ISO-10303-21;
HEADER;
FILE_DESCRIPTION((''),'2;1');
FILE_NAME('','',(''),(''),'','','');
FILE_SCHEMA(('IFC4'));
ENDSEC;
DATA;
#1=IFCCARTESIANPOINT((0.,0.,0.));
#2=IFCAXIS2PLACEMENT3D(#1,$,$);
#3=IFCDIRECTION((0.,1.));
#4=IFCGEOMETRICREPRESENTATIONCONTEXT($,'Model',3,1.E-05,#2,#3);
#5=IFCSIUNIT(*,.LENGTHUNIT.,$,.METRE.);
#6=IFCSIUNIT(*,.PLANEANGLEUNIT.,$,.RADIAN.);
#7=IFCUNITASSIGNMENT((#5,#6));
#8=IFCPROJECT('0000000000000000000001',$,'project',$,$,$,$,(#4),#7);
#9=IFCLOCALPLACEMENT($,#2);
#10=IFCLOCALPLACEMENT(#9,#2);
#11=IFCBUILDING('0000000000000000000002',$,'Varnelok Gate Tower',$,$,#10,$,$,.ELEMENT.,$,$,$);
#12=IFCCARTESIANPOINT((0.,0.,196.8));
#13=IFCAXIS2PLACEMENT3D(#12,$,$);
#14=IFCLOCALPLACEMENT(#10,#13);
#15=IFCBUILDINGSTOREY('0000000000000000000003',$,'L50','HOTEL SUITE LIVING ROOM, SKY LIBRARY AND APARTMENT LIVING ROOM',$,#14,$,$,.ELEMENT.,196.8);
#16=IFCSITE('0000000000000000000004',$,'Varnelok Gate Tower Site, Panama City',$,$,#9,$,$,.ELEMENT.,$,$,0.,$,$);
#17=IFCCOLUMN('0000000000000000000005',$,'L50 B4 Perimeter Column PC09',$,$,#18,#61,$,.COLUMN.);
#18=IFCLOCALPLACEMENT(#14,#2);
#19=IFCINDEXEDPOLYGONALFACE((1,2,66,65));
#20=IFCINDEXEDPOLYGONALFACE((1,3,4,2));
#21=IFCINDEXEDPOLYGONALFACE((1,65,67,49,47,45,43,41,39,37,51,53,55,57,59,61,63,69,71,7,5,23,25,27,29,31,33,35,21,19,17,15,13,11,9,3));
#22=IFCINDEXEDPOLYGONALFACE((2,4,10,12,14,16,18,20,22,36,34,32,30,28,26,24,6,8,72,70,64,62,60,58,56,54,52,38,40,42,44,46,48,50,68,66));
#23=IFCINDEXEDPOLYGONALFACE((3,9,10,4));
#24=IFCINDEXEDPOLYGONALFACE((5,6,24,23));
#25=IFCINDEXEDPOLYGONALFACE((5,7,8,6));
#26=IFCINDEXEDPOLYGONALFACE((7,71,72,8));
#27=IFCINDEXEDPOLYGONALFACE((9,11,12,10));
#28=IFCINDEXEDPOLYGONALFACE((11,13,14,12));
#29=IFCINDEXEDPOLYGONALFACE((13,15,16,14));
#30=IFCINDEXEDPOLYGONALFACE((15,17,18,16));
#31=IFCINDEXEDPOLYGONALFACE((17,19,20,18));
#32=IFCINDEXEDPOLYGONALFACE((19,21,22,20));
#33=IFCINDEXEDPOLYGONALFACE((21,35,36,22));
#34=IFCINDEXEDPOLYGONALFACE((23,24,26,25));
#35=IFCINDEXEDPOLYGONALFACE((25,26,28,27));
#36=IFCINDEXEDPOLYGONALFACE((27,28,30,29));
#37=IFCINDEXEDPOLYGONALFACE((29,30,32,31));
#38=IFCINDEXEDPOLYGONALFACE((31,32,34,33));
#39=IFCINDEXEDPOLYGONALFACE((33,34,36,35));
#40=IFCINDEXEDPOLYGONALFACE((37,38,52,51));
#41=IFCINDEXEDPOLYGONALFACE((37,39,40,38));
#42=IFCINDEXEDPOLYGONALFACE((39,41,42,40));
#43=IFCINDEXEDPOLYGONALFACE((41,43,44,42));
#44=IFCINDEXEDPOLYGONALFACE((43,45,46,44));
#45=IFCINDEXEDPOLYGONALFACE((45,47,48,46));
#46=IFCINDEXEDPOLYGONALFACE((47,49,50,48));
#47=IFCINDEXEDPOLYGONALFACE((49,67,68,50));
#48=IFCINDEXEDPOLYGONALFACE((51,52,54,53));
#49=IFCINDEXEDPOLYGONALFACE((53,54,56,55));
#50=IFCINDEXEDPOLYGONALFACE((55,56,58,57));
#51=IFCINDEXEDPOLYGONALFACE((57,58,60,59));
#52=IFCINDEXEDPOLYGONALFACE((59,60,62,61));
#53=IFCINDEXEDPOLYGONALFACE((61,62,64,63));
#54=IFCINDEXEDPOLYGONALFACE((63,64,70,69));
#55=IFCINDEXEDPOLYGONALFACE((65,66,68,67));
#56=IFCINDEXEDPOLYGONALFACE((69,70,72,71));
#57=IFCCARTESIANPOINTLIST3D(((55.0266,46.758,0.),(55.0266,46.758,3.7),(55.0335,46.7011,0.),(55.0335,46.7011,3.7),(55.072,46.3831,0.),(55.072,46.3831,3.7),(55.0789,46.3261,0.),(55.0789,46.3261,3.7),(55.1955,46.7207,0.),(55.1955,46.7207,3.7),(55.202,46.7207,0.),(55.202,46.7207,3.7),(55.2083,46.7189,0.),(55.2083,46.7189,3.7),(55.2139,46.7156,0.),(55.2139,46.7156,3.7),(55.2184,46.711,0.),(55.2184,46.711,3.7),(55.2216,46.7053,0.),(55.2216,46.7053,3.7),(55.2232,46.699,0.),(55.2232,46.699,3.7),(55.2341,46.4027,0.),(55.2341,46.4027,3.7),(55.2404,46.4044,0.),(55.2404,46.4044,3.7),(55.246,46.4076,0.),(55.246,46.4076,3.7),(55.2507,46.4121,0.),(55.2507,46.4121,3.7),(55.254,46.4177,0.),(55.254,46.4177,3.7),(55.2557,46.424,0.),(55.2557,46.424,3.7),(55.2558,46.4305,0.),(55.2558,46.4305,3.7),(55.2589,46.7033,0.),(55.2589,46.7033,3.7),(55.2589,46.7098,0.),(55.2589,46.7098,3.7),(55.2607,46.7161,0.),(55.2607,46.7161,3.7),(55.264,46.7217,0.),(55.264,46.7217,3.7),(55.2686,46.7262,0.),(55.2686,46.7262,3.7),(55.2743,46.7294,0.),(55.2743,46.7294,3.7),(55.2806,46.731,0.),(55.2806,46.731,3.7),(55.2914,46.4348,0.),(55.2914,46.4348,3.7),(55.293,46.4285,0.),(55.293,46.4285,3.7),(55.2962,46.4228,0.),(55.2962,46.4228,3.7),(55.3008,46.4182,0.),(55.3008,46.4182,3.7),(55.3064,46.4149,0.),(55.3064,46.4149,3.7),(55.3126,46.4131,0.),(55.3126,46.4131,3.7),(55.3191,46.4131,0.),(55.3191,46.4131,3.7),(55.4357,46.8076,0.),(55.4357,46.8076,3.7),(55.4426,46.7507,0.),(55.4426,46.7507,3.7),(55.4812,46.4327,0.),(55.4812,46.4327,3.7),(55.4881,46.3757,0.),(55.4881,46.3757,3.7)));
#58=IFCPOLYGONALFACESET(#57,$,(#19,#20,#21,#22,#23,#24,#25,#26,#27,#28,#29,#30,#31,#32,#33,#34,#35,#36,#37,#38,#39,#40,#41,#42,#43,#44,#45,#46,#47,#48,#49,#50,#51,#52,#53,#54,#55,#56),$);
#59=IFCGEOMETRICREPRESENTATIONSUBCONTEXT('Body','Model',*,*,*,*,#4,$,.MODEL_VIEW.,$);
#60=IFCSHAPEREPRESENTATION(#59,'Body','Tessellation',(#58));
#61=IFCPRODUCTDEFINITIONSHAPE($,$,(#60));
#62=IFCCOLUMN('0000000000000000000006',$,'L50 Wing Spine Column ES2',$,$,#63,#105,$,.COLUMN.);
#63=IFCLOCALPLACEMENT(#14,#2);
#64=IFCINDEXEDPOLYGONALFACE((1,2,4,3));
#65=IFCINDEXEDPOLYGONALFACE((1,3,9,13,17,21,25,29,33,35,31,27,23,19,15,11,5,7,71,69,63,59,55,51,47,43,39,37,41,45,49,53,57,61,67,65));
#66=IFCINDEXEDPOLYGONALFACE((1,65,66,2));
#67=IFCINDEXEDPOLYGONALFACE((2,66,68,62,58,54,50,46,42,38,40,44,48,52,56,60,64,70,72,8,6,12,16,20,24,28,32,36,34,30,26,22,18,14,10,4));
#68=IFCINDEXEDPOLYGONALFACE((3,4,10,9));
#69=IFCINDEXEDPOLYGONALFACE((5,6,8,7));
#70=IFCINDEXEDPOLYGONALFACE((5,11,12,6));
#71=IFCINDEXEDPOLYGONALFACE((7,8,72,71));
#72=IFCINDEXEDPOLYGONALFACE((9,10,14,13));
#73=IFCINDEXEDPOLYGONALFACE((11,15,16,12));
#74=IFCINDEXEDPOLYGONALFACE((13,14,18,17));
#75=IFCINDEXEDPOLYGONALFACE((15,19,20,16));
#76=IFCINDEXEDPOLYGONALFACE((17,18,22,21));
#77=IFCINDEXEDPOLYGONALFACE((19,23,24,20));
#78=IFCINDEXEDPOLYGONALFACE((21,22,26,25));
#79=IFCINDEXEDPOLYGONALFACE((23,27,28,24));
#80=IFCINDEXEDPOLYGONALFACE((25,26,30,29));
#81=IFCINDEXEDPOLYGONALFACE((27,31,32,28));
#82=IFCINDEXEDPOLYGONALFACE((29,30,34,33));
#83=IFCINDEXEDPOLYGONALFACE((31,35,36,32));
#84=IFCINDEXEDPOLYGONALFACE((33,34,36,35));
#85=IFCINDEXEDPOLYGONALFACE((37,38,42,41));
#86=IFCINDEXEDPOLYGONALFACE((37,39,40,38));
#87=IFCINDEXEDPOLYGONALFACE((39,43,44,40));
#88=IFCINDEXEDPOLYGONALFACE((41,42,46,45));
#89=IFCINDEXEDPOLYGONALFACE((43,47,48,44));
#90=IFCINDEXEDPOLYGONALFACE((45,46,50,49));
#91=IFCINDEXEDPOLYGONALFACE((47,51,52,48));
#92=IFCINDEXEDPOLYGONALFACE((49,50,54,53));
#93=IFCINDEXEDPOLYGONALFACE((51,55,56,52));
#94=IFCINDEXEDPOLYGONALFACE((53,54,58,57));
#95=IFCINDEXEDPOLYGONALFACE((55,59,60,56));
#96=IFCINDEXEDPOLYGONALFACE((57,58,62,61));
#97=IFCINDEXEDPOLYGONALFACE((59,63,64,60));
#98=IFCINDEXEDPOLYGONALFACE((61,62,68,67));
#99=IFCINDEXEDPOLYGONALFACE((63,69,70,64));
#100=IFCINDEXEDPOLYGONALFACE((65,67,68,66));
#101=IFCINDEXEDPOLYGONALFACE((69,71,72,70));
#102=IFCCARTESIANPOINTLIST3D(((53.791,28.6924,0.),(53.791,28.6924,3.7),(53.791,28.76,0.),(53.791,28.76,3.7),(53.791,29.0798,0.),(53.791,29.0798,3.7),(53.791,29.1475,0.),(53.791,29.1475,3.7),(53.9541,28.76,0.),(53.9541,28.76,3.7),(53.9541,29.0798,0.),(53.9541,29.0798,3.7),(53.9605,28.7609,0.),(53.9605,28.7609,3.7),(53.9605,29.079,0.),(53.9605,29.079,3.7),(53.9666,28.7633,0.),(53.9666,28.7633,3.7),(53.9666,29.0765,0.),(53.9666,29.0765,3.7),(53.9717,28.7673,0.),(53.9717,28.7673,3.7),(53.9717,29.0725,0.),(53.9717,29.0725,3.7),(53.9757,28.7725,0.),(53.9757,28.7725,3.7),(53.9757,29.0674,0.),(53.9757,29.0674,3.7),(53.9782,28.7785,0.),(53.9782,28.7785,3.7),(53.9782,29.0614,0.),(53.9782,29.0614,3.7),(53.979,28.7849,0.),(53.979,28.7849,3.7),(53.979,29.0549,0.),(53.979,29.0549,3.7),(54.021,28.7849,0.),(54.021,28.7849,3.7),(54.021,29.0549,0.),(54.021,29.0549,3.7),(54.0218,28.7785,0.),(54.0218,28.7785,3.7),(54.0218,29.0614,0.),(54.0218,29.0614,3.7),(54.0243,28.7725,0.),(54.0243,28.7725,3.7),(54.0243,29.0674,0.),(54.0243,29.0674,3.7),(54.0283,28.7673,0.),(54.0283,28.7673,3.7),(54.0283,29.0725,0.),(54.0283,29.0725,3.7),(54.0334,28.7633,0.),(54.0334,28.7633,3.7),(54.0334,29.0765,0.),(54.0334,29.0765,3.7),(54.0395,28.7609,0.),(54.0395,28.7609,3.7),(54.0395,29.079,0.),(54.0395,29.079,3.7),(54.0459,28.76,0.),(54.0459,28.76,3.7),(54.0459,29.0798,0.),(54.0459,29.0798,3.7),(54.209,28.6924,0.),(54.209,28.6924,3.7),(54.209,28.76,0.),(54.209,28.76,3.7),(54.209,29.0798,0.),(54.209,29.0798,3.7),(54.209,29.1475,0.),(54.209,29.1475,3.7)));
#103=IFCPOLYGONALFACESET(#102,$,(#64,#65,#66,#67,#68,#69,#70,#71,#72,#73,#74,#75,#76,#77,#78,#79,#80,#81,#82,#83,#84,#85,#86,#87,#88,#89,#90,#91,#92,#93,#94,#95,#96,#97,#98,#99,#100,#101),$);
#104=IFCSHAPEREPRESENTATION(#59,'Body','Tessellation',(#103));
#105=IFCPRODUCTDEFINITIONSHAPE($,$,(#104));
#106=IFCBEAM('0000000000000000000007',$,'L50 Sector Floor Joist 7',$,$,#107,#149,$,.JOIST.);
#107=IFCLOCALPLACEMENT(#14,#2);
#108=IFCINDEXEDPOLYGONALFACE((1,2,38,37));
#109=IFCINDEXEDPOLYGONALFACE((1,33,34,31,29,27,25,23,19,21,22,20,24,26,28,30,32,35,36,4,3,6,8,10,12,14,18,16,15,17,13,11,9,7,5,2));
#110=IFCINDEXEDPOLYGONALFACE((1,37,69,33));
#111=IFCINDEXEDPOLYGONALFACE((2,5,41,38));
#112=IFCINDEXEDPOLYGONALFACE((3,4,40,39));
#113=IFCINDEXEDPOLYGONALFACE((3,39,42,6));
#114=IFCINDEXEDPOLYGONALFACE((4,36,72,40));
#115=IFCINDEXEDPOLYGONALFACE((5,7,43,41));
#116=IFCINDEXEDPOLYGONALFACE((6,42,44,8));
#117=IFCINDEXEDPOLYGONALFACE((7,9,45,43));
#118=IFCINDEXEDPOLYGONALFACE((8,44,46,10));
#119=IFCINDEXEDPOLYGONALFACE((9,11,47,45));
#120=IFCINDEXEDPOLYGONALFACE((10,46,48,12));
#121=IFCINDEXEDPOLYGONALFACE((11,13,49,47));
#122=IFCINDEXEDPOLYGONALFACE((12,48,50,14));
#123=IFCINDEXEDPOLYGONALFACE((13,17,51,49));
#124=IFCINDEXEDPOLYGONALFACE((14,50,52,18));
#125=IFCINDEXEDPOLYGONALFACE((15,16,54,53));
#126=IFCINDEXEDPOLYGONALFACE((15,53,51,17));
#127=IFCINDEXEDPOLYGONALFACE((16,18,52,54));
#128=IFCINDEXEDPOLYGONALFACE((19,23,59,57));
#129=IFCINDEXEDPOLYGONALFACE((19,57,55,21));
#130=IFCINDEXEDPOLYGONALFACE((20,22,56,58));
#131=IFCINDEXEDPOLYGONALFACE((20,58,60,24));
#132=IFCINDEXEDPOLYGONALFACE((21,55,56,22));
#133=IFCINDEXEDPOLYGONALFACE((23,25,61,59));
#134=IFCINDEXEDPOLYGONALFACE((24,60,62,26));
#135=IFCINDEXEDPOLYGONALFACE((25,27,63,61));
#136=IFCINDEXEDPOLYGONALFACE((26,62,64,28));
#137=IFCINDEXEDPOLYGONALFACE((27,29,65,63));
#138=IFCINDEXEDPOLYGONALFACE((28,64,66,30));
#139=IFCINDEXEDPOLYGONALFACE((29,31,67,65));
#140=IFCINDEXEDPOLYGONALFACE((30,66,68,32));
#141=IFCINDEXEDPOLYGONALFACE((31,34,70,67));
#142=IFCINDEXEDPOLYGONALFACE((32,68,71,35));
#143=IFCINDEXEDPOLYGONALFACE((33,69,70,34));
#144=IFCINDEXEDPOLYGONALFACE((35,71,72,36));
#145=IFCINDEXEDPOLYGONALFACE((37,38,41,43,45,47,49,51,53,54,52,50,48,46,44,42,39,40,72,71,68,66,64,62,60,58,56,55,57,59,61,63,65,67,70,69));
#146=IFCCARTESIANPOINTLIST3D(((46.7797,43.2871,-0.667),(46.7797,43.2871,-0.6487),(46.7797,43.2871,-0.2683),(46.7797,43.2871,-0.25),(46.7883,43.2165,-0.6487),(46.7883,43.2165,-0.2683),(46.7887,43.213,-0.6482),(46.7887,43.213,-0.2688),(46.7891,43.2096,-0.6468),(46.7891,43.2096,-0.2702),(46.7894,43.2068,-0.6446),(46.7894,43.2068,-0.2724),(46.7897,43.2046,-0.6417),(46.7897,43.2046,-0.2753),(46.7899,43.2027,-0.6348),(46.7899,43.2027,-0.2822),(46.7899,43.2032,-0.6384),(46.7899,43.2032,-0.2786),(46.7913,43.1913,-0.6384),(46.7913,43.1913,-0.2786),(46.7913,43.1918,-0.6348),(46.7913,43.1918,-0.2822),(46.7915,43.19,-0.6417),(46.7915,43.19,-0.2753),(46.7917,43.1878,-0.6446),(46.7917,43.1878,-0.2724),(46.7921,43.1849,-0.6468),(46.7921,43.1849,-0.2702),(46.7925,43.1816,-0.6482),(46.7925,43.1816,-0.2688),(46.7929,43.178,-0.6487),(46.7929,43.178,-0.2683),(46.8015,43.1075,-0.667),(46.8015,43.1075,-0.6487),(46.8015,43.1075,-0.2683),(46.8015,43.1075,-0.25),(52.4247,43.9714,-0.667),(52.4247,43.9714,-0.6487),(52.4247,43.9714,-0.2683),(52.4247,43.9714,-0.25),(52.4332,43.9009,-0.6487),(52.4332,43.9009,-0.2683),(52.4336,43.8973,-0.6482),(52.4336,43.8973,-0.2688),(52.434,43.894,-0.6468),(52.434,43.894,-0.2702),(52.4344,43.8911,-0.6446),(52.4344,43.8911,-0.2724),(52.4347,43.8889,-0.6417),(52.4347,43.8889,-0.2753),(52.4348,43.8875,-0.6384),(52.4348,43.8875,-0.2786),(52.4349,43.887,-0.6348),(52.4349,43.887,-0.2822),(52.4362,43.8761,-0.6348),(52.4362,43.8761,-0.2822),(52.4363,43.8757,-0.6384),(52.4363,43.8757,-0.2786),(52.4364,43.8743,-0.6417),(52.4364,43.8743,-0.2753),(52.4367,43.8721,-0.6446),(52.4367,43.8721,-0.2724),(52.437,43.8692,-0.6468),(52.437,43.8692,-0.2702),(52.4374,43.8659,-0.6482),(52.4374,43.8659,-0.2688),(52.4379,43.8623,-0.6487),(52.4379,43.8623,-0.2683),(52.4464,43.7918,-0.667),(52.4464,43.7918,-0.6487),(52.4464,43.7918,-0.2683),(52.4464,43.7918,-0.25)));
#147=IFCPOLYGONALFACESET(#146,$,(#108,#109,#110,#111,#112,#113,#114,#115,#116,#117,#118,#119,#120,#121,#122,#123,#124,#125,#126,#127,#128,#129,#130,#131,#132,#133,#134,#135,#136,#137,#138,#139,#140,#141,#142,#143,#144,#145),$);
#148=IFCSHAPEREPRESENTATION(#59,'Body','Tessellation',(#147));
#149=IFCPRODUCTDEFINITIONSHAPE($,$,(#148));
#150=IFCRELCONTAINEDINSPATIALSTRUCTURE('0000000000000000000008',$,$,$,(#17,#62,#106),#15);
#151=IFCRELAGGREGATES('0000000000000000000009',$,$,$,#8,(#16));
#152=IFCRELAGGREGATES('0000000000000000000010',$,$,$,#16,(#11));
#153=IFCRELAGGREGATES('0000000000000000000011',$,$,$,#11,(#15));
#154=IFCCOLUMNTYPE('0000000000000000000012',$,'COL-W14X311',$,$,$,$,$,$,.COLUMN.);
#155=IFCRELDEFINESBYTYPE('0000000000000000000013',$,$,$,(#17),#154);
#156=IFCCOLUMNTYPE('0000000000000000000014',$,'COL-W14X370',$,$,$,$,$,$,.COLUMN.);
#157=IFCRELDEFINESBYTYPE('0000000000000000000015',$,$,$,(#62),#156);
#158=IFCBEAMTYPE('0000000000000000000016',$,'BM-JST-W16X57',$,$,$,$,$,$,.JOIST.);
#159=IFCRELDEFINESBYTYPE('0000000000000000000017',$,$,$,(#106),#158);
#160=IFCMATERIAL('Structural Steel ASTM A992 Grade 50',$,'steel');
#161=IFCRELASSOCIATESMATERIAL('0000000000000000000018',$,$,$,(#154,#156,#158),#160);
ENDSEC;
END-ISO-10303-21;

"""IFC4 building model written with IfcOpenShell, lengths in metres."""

from ifc_helpers import new_model, si_unit, direction, frame, origin, origin_2d, place, context, subcontext, project, spatial, i_section, extrude, material, material_profile, profile_set, type_object, element, save


model = new_model("IFC4")

# Units and contexts
model_context = context("Model", 3, precision=1e-05, world=origin(), true_north=direction((0.0, 1.0)))
body_context = subcontext(model_context, "Body", "Model", "MODEL_VIEW")
ifc_project = project(units=[si_unit("LENGTHUNIT", "METRE"), si_unit("PLANEANGLEUNIT", "RADIAN")], contexts=[model_context])

# Site, building, storey
site_placement = place(None, origin())
site = spatial("IfcSite", under=ifc_project, at=site_placement, Name="Varnelok Gate Tower Site, Panama City", CompositionType="ELEMENT", RefElevation=0.0)
building_placement = place(site_placement, origin())
building = spatial("IfcBuilding", under=site, at=building_placement, Name="Varnelok Gate Tower", CompositionType="ELEMENT")
storey_placement = place(building_placement, frame((0.0, 0.0, 196.8)))
storey = spatial("IfcBuildingStorey", under=building, at=storey_placement, Name="L50", Description="HOTEL SUITE LIVING ROOM, SKY LIBRARY AND APARTMENT LIVING ROOM", CompositionType="ELEMENT", Elevation=196.8)

# Columns
ifc_material_1 = material(Name="Structural Steel ASTM A992 Grade 50", Category="steel")
ifc_material_profile_1 = material_profile(ifc_material_1, i_section(OverallWidth=0.4121, OverallDepth=0.4351, WebThickness=0.0359, FlangeThickness=0.0574, FilletRadius=0.0249, at=origin_2d()), Name="W14X311")
ifc_profile_set_1 = profile_set([ifc_material_profile_1], Name="Structural Steel ASTM A992 Grade 50")
column_type_1 = type_object("IfcColumnType", Name="COL-W14X311", PredefinedType="COLUMN", material=ifc_profile_set_1)
column_1_placement = place(storey_placement, frame((55.2573, 46.5669, 0.0), z_axis=(0.0, 0.0, 1.0), x_axis=(0.992732, 0.120345, 0.0)))
element("IfcColumn", 1, at=column_1_placement, inside=storey, type_object=column_type_1, Name="L50 B4 Perimeter Column PC09", PredefinedType="COLUMN", context=body_context, shape_type="SweptSolid", body=[
    extrude(i_section(OverallWidth=0.4121, OverallDepth=0.4351, WebThickness=0.0359, FlangeThickness=0.0574, FilletRadius=0.0249, at=origin_2d()), origin(), (0.0, 0.0, 1.0), 3.7),
])
ifc_material_profile_2 = material_profile(ifc_material_1, i_section(OverallWidth=0.418, OverallDepth=0.4551, WebThickness=0.042, FlangeThickness=0.0676, FilletRadius=0.0249, at=origin_2d()), Name="W14X370")
ifc_profile_set_2 = profile_set([ifc_material_profile_2], Name="Structural Steel ASTM A992 Grade 50")
column_type_2 = type_object("IfcColumnType", Name="COL-W14X370", PredefinedType="COLUMN", material=ifc_profile_set_2)
column_2_placement = place(storey_placement, frame((54.0, 28.9199, 0.0), z_axis=(0.0, 0.0, 1.0), x_axis=(1.0, 0.0, 0.0)))
element("IfcColumn", 2, at=column_2_placement, inside=storey, type_object=column_type_2, Name="L50 Wing Spine Column ES2", PredefinedType="COLUMN", context=body_context, shape_type="SweptSolid", body=[
    extrude(i_section(OverallWidth=0.418, OverallDepth=0.4551, WebThickness=0.042, FlangeThickness=0.0676, FilletRadius=0.0249, at=origin_2d()), origin(), (0.0, 0.0, 1.0), 3.7),
])

# Beam
ifc_material_profile_3 = material_profile(ifc_material_1, i_section(OverallWidth=0.1809, OverallDepth=0.417, WebThickness=0.011, FlangeThickness=0.0183, FilletRadius=0.0139, at=origin_2d()), Name="W16X57")
ifc_profile_set_3 = profile_set([ifc_material_profile_3], Name="Structural Steel ASTM A992 Grade 50")
beam_type_1 = type_object("IfcBeamType", Name="BM-JST-W16X57", PredefinedType="JOIST", material=ifc_profile_set_3)
beam_1_placement = place(storey_placement, frame((52.4355, 43.8816, -0.4585), z_axis=(-0.992732, -0.120345, 0.0), x_axis=(0.120345, -0.992732, 0.0)))
element("IfcBeam", 3, at=beam_1_placement, inside=storey, type_object=beam_type_1, Name="L50 Sector Floor Joist 7", PredefinedType="JOIST", context=body_context, shape_type="SweptSolid", body=[
    extrude(i_section(OverallWidth=0.1809, OverallDepth=0.417, WebThickness=0.011, FlangeThickness=0.0183, FilletRadius=0.0139, at=origin_2d()), origin(), (0.0, 0.0, 1.0), 5.6863),
])

save(model, "model.ifc")
